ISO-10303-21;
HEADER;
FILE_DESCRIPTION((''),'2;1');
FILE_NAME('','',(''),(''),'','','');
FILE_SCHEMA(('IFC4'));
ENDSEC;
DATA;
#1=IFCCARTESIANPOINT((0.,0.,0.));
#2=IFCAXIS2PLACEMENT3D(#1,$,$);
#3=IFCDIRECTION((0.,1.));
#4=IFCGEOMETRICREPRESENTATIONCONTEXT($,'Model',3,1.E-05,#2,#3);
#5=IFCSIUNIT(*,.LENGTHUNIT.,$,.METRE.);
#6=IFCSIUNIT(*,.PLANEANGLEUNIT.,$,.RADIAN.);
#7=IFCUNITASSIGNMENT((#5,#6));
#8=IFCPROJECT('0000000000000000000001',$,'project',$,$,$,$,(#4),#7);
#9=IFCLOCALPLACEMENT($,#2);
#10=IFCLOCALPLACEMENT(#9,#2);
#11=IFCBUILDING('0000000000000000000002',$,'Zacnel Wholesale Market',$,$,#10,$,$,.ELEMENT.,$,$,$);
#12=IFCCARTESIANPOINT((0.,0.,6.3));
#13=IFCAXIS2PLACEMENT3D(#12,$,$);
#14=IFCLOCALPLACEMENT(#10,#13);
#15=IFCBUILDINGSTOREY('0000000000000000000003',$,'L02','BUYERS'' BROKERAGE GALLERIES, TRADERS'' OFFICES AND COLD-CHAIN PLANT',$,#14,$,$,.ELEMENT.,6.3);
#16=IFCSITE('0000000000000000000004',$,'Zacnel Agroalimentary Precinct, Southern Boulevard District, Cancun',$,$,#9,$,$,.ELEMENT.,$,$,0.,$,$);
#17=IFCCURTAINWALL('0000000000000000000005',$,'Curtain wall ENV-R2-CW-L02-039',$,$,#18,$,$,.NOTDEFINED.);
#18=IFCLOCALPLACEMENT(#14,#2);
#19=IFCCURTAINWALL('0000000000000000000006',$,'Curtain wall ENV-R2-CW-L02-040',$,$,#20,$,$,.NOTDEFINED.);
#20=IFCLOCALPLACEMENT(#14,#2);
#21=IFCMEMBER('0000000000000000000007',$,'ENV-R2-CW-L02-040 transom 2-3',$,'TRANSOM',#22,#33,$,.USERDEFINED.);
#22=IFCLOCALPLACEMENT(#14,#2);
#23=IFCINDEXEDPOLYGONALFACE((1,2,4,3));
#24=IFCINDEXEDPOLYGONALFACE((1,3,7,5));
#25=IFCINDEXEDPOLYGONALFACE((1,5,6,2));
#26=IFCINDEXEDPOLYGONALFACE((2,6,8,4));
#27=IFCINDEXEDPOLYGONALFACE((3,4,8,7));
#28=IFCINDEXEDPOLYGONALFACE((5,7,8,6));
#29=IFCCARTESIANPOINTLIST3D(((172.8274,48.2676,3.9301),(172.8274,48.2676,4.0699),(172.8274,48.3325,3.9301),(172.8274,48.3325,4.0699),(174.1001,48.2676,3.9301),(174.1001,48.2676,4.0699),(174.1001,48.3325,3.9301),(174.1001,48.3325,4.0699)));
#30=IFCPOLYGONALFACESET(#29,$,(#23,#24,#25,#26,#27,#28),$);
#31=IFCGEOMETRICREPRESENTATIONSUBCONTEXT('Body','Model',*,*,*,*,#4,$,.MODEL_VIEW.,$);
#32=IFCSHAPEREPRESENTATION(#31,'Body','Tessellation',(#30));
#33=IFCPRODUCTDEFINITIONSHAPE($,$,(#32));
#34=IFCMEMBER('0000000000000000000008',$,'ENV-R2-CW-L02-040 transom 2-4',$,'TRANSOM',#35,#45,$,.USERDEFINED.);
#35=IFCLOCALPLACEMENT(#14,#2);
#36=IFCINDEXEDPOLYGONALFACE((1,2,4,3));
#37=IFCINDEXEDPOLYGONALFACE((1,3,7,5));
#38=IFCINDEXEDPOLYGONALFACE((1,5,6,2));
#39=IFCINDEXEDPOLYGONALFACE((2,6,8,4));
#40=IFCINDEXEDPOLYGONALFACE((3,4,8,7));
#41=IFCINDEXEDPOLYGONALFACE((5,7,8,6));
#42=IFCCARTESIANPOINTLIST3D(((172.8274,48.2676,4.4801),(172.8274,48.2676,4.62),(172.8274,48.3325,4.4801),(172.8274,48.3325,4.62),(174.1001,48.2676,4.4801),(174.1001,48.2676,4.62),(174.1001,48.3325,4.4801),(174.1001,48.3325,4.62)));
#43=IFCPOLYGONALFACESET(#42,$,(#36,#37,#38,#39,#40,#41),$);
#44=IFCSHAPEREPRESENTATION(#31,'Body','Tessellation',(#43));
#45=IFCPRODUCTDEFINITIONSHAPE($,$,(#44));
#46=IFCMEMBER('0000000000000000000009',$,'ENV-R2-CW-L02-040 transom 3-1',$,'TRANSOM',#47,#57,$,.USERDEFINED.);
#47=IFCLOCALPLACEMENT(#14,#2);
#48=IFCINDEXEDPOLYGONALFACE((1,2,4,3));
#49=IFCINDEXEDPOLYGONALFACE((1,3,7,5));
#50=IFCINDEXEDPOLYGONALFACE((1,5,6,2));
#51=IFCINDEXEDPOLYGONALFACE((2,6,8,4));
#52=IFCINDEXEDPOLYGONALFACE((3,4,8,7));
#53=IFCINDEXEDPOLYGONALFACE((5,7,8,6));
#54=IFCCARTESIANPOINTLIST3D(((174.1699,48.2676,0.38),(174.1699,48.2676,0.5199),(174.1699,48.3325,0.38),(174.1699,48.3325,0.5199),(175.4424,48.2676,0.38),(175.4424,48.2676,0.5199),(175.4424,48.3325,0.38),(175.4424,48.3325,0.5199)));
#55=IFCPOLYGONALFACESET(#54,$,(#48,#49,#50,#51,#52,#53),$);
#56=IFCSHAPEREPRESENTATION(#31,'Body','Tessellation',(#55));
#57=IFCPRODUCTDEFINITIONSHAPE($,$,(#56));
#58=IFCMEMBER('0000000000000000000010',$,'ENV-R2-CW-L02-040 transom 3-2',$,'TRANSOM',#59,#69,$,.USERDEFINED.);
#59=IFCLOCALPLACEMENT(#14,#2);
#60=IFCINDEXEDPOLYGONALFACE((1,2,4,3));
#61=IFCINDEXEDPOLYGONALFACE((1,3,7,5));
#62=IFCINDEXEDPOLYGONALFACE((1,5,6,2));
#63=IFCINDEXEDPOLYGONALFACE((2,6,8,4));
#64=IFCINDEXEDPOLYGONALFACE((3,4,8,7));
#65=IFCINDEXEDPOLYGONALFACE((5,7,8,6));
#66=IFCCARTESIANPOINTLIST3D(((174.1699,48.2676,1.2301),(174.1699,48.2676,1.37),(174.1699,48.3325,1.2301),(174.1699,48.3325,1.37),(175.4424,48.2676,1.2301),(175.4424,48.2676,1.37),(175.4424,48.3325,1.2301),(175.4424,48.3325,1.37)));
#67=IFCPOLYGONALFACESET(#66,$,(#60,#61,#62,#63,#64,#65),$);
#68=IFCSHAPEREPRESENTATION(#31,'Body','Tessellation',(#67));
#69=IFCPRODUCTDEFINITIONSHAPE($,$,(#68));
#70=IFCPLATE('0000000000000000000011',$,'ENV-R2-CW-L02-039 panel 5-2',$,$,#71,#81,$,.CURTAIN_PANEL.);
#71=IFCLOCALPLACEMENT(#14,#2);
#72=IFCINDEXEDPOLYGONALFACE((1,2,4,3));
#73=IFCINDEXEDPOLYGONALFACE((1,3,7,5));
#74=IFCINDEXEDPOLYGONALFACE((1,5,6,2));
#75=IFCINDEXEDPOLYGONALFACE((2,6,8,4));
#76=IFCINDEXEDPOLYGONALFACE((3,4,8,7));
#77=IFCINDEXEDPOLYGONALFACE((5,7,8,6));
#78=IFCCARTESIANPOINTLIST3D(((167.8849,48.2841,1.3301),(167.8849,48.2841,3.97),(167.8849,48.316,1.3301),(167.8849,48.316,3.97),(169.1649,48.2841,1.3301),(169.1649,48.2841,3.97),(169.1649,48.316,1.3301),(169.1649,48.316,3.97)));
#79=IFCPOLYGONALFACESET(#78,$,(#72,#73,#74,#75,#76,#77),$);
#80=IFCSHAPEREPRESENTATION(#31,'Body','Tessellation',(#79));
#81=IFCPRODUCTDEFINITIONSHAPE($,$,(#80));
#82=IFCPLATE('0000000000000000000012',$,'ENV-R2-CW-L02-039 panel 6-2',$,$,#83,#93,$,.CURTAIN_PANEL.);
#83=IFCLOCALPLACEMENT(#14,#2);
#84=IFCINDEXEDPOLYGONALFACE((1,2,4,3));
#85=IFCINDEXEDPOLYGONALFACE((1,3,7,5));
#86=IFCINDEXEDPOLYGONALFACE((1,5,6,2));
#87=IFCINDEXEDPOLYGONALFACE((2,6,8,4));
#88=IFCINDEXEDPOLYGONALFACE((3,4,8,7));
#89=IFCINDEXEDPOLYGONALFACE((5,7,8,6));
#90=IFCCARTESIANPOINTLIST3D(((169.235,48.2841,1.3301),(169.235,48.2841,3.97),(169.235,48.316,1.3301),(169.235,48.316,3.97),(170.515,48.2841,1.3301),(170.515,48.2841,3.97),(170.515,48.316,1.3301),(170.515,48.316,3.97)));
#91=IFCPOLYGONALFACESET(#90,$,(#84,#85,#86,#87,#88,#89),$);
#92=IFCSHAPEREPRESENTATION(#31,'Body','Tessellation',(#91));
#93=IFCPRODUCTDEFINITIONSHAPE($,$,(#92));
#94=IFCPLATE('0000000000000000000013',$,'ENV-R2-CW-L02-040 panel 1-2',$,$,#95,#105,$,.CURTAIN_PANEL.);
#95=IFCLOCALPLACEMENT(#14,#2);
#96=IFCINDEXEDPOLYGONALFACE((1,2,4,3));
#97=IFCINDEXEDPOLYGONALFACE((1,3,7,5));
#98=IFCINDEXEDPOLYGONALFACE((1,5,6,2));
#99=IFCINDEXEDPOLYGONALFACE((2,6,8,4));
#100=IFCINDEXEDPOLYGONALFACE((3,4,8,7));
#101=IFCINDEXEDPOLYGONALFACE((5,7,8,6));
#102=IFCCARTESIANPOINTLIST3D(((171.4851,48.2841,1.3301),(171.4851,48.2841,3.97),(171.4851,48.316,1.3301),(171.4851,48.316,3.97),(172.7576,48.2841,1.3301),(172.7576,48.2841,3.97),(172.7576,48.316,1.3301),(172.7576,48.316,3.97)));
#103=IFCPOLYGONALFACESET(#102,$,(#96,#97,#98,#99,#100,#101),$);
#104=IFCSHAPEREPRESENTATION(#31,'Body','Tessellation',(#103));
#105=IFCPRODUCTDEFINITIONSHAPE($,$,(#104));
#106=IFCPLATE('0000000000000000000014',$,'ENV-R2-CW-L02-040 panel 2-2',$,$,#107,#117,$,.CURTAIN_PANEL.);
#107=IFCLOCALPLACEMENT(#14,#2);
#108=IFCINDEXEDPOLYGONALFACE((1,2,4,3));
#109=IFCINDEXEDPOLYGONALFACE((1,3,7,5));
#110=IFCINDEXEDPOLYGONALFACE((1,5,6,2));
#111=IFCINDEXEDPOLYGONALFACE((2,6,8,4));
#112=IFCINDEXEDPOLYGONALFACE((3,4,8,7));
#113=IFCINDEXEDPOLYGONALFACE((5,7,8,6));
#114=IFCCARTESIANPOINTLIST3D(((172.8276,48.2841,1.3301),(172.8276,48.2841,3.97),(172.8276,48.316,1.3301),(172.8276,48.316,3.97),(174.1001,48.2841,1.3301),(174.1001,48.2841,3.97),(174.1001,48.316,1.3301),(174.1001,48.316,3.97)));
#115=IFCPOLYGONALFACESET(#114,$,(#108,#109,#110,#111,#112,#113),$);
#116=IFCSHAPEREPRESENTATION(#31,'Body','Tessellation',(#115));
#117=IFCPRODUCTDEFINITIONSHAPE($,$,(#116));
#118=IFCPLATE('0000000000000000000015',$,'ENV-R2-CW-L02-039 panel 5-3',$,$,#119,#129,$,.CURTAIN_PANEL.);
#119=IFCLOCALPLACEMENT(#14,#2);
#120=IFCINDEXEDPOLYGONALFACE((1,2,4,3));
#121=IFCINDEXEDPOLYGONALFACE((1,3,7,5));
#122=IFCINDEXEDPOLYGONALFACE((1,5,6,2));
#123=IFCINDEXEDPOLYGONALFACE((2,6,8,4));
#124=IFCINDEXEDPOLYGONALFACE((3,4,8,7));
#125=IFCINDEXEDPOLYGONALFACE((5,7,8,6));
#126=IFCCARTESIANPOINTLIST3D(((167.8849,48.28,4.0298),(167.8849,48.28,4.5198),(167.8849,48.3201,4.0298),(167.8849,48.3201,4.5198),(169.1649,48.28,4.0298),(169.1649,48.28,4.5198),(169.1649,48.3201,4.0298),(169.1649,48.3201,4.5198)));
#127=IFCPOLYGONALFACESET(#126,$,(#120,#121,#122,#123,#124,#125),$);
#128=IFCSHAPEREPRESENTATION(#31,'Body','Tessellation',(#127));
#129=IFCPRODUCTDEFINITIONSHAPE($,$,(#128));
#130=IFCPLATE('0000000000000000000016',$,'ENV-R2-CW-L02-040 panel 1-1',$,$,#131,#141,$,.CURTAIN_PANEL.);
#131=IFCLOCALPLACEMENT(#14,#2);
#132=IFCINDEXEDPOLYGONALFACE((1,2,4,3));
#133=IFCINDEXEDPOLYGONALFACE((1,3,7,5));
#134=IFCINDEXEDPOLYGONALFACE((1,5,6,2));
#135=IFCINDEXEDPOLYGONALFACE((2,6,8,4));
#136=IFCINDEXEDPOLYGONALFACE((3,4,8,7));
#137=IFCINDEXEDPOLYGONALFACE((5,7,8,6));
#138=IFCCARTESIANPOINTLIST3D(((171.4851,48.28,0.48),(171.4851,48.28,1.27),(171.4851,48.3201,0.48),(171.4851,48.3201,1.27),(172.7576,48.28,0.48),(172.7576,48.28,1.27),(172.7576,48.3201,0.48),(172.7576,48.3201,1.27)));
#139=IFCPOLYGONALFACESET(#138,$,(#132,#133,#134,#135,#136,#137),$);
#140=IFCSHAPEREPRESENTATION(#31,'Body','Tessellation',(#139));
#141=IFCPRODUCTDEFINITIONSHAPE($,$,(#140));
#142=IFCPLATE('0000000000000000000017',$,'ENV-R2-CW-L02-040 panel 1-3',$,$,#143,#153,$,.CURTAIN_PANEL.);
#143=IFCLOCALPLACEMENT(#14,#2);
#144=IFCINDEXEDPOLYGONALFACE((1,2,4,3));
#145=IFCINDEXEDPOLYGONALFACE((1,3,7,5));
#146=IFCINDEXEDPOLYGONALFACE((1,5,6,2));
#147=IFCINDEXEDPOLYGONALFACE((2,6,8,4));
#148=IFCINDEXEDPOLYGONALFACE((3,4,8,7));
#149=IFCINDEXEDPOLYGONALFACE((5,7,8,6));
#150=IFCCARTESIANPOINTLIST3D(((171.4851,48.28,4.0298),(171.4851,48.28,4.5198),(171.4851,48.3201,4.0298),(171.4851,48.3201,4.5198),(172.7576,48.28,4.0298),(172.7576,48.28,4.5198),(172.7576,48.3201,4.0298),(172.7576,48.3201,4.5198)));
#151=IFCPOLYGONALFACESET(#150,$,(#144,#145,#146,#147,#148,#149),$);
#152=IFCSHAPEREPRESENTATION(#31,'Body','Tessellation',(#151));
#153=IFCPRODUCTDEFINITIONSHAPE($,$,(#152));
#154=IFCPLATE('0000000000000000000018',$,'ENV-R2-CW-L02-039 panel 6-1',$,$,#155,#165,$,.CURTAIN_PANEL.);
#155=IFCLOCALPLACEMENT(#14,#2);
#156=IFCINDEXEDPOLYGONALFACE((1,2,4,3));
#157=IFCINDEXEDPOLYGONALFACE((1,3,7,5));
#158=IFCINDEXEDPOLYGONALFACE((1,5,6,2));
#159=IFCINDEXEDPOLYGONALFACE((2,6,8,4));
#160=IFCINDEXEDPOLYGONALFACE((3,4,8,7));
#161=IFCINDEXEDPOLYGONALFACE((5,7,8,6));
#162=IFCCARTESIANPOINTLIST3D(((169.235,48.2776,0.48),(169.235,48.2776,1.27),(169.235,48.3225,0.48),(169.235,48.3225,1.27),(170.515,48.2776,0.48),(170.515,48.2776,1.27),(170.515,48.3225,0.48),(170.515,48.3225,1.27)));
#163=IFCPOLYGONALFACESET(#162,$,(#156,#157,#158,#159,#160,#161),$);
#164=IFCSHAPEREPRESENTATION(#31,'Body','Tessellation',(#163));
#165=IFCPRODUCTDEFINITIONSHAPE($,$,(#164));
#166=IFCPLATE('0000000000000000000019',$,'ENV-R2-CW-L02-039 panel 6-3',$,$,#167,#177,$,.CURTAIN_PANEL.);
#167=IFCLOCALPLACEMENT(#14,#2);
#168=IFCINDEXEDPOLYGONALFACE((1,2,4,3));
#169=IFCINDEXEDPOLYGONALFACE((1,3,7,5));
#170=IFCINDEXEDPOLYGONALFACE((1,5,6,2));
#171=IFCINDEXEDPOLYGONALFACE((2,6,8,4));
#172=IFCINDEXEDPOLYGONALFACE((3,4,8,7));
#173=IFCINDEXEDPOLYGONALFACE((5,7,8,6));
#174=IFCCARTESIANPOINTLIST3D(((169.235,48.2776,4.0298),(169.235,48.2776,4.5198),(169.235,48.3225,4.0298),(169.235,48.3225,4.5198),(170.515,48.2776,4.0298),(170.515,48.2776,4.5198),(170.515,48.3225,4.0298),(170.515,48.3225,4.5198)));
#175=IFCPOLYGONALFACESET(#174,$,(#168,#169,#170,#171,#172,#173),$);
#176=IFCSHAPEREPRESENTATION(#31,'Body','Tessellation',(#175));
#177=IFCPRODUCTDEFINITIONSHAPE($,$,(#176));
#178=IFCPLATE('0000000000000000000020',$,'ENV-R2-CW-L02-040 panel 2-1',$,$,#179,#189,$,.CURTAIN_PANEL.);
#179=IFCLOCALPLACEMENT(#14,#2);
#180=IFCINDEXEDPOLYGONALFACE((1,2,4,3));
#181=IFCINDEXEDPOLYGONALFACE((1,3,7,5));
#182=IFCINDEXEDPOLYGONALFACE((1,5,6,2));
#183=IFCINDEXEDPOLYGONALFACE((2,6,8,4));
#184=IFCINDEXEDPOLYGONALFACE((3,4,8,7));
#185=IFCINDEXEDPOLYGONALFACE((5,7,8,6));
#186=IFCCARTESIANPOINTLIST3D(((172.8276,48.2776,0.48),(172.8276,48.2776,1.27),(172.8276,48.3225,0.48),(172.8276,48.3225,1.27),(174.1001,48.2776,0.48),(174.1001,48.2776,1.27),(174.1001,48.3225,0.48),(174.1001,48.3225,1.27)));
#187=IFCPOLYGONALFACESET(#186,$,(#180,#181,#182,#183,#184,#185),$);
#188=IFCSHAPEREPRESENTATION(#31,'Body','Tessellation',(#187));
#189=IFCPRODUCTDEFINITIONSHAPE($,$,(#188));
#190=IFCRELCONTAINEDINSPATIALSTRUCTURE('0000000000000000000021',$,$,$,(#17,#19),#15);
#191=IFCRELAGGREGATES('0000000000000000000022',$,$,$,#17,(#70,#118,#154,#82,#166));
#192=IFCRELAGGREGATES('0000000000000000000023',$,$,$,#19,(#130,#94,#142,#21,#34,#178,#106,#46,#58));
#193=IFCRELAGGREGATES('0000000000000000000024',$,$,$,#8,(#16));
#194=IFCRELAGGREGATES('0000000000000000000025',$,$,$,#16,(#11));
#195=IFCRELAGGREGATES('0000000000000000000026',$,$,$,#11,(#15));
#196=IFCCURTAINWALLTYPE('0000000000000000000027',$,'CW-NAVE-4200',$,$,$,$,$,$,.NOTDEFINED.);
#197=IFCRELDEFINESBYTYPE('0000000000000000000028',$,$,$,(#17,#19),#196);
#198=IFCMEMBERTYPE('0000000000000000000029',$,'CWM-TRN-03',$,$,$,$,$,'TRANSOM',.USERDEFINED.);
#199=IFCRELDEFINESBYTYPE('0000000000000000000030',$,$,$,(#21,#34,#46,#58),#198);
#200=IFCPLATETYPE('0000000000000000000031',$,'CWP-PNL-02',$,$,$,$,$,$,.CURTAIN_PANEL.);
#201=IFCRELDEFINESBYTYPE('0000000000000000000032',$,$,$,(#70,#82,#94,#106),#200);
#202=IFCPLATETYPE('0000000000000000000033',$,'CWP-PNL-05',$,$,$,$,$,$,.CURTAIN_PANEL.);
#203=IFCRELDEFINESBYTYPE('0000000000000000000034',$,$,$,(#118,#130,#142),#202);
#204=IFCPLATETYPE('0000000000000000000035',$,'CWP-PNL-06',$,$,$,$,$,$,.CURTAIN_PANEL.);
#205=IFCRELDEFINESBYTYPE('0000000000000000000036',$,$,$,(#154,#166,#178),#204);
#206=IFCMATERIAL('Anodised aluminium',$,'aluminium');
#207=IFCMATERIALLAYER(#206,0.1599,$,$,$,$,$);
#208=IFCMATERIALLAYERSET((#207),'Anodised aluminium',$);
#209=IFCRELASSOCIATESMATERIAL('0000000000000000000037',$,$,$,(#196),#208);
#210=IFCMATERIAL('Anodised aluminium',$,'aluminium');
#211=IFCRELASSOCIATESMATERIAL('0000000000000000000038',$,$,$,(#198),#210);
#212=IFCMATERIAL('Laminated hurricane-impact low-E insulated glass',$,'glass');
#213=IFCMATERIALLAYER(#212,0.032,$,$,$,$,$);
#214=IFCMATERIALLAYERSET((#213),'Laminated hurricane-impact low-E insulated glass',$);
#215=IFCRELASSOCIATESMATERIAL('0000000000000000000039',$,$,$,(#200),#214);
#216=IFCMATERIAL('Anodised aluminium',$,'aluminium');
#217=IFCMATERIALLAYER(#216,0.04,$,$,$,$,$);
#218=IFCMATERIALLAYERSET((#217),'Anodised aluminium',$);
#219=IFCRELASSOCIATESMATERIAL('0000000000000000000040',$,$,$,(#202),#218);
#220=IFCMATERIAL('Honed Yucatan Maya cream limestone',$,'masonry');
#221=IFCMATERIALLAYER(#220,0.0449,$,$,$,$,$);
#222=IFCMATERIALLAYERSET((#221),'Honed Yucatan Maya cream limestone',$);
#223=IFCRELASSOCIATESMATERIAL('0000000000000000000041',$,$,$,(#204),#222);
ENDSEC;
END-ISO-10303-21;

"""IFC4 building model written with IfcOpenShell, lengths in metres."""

from ifc_helpers import new_model, si_unit, direction, frame, origin, origin_2d, place, context, subcontext, project, spatial, rectangle, extrude, material, layer, layer_set, material_profile, profile_set, type_object, element, aggregate, save


model = new_model("IFC4")

# Units and contexts
model_context = context("Model", 3, precision=1e-05, world=origin(), true_north=direction((0.0, 1.0)))
body_context = subcontext(model_context, "Body", "Model", "MODEL_VIEW")
ifc_project = project(units=[si_unit("LENGTHUNIT", "METRE"), si_unit("PLANEANGLEUNIT", "RADIAN")], contexts=[model_context])

# Site, building, storey
site_placement = place(None, origin())
site = spatial("IfcSite", under=ifc_project, at=site_placement, Name="Zacnel Agroalimentary Precinct, Southern Boulevard District, Cancun", CompositionType="ELEMENT", RefElevation=0.0)
building_placement = place(site_placement, origin())
building = spatial("IfcBuilding", under=site, at=building_placement, Name="Zacnel Wholesale Market", CompositionType="ELEMENT")
storey_placement = place(building_placement, frame((0.0, 0.0, 6.3)))
storey = spatial("IfcBuildingStorey", under=building, at=storey_placement, Name="L02", Description="BUYERS' BROKERAGE GALLERIES, TRADERS' OFFICES AND COLD-CHAIN PLANT", CompositionType="ELEMENT", Elevation=6.3)

# Curtain walls
ifc_material_1 = material(Name="Anodised aluminium", Category="aluminium")
ifc_layer_1 = layer(ifc_material_1, 0.1599)
ifc_layer_set_1 = layer_set([ifc_layer_1], Name="Anodised aluminium")
curtain_wall_type = type_object("IfcCurtainWallType", Name="CW-NAVE-4200", PredefinedType="NOTDEFINED", material=ifc_layer_set_1)
curtain_wall_1_placement = place(storey_placement, origin())
curtain_wall_1 = element("IfcCurtainWall", 1, at=curtain_wall_1_placement, inside=storey, type_object=curtain_wall_type, Name="Curtain wall ENV-R2-CW-L02-039", PredefinedType="NOTDEFINED")
curtain_wall_2_placement = place(storey_placement, origin())
curtain_wall_2 = element("IfcCurtainWall", 2, at=curtain_wall_2_placement, inside=storey, type_object=curtain_wall_type, Name="Curtain wall ENV-R2-CW-L02-040", PredefinedType="NOTDEFINED")

# Members
ifc_material_2 = material(Name="Anodised aluminium", Category="aluminium")
ifc_material_profile_1 = material_profile(ifc_material_2, rectangle(XDim=0.0649, YDim=0.1399, at=origin_2d()), Name="AW-TRANSOM 65x140")
ifc_profile_set_1 = profile_set([ifc_material_profile_1], Name="Anodised aluminium")
member_type_1 = type_object("IfcMemberType", Name="CWM-TRN-03", ElementType="TRANSOM", PredefinedType="USERDEFINED", material=ifc_profile_set_1)
member_1_placement = place(storey_placement, frame((172.8274, 48.3, 4.0), z_axis=(1.0, 0.0, 0.0), x_axis=(0.0, 1.0, 0.0)))
member_1 = element("IfcMember", 3, at=member_1_placement, type_object=member_type_1, Name="ENV-R2-CW-L02-040 transom 2-3", ObjectType="TRANSOM", PredefinedType="USERDEFINED", context=body_context, shape_type="SweptSolid", body=[
    extrude(rectangle(XDim=0.0649, YDim=0.1399, at=origin_2d()), origin(), (0.0, 0.0, 1.0), 1.2727),
])
member_2_placement = place(storey_placement, frame((172.8274, 48.3, 4.55), z_axis=(1.0, 0.0, 0.0), x_axis=(0.0, 1.0, 0.0)))
member_2 = element("IfcMember", 4, at=member_2_placement, type_object=member_type_1, Name="ENV-R2-CW-L02-040 transom 2-4", ObjectType="TRANSOM", PredefinedType="USERDEFINED", context=body_context, shape_type="SweptSolid", body=[
    extrude(rectangle(XDim=0.0649, YDim=0.1399, at=origin_2d()), origin(), (0.0, 0.0, 1.0), 1.2727),
])
member_3_placement = place(storey_placement, frame((174.1699, 48.3, 0.45), z_axis=(1.0, 0.0, 0.0), x_axis=(0.0, 1.0, 0.0)))
member_3 = element("IfcMember", 5, at=member_3_placement, type_object=member_type_1, Name="ENV-R2-CW-L02-040 transom 3-1", ObjectType="TRANSOM", PredefinedType="USERDEFINED", context=body_context, shape_type="SweptSolid", body=[
    extrude(rectangle(XDim=0.0649, YDim=0.1399, at=origin_2d()), origin(), (0.0, 0.0, 1.0), 1.2725),
])
member_4_placement = place(storey_placement, frame((174.1699, 48.3, 1.3), z_axis=(1.0, 0.0, 0.0), x_axis=(0.0, 1.0, 0.0)))
member_4 = element("IfcMember", 6, at=member_4_placement, type_object=member_type_1, Name="ENV-R2-CW-L02-040 transom 3-2", ObjectType="TRANSOM", PredefinedType="USERDEFINED", context=body_context, shape_type="SweptSolid", body=[
    extrude(rectangle(XDim=0.0649, YDim=0.1399, at=origin_2d()), origin(), (0.0, 0.0, 1.0), 1.2725),
])

# Plates
ifc_material_3 = material(Name="Laminated hurricane-impact low-E insulated glass", Category="glass")
ifc_layer_2 = layer(ifc_material_3, 0.032)
ifc_layer_set_2 = layer_set([ifc_layer_2], Name="Laminated hurricane-impact low-E insulated glass")
plate_type_1 = type_object("IfcPlateType", Name="CWP-PNL-02", PredefinedType="CURTAIN_PANEL", material=ifc_layer_set_2)
plate_1_placement = place(storey_placement, frame((168.5249, 48.3, 1.3301), z_axis=(0.0, 0.0, 1.0), x_axis=(1.0, 0.0, 0.0)))
plate_1 = element("IfcPlate", 7, at=plate_1_placement, type_object=plate_type_1, Name="ENV-R2-CW-L02-039 panel 5-2", PredefinedType="CURTAIN_PANEL", context=body_context, shape_type="SweptSolid", body=[
    extrude(rectangle(XDim=1.28, YDim=0.032, at=origin_2d()), origin(), (0.0, 0.0, 1.0), 2.6399),
])
plate_2_placement = place(storey_placement, frame((169.875, 48.3, 1.3301), z_axis=(0.0, 0.0, 1.0), x_axis=(1.0, 0.0, 0.0)))
plate_2 = element("IfcPlate", 8, at=plate_2_placement, type_object=plate_type_1, Name="ENV-R2-CW-L02-039 panel 6-2", PredefinedType="CURTAIN_PANEL", context=body_context, shape_type="SweptSolid", body=[
    extrude(rectangle(XDim=1.28, YDim=0.032, at=origin_2d()), origin(), (0.0, 0.0, 1.0), 2.6399),
])
plate_3_placement = place(storey_placement, frame((172.1213, 48.3, 1.3301), z_axis=(0.0, 0.0, 1.0), x_axis=(1.0, 0.0, 0.0)))
plate_3 = element("IfcPlate", 9, at=plate_3_placement, type_object=plate_type_1, Name="ENV-R2-CW-L02-040 panel 1-2", PredefinedType="CURTAIN_PANEL", context=body_context, shape_type="SweptSolid", body=[
    extrude(rectangle(XDim=1.2725, YDim=0.032, at=origin_2d()), origin(), (0.0, 0.0, 1.0), 2.6399),
])
plate_4_placement = place(storey_placement, frame((173.4639, 48.3, 1.3301), z_axis=(0.0, 0.0, 1.0), x_axis=(1.0, 0.0, 0.0)))
plate_4 = element("IfcPlate", 10, at=plate_4_placement, type_object=plate_type_1, Name="ENV-R2-CW-L02-040 panel 2-2", PredefinedType="CURTAIN_PANEL", context=body_context, shape_type="SweptSolid", body=[
    extrude(rectangle(XDim=1.2725, YDim=0.032, at=origin_2d()), origin(), (0.0, 0.0, 1.0), 2.6399),
])
ifc_material_4 = material(Name="Anodised aluminium", Category="aluminium")
ifc_layer_3 = layer(ifc_material_4, 0.04)
ifc_layer_set_3 = layer_set([ifc_layer_3], Name="Anodised aluminium")
plate_type_2 = type_object("IfcPlateType", Name="CWP-PNL-05", PredefinedType="CURTAIN_PANEL", material=ifc_layer_set_3)
plate_5_placement = place(storey_placement, frame((168.5249, 48.3, 4.0298), z_axis=(0.0, 0.0, 1.0), x_axis=(1.0, 0.0, 0.0)))
plate_5 = element("IfcPlate", 11, at=plate_5_placement, type_object=plate_type_2, Name="ENV-R2-CW-L02-039 panel 5-3", PredefinedType="CURTAIN_PANEL", context=body_context, shape_type="SweptSolid", body=[
    extrude(rectangle(XDim=1.28, YDim=0.04, at=origin_2d()), origin(), (0.0, 0.0, 1.0), 0.49),
])
plate_6_placement = place(storey_placement, frame((172.1213, 48.3, 0.48), z_axis=(0.0, 0.0, 1.0), x_axis=(1.0, 0.0, 0.0)))
plate_6 = element("IfcPlate", 12, at=plate_6_placement, type_object=plate_type_2, Name="ENV-R2-CW-L02-040 panel 1-1", PredefinedType="CURTAIN_PANEL", context=body_context, shape_type="SweptSolid", body=[
    extrude(rectangle(XDim=1.2725, YDim=0.04, at=origin_2d()), origin(), (0.0, 0.0, 1.0), 0.79),
])
plate_7_placement = place(storey_placement, frame((172.1213, 48.3, 4.0298), z_axis=(0.0, 0.0, 1.0), x_axis=(1.0, 0.0, 0.0)))
plate_7 = element("IfcPlate", 13, at=plate_7_placement, type_object=plate_type_2, Name="ENV-R2-CW-L02-040 panel 1-3", PredefinedType="CURTAIN_PANEL", context=body_context, shape_type="SweptSolid", body=[
    extrude(rectangle(XDim=1.2725, YDim=0.04, at=origin_2d()), origin(), (0.0, 0.0, 1.0), 0.49),
])
ifc_material_5 = material(Name="Honed Yucatan Maya cream limestone", Category="masonry")
ifc_layer_4 = layer(ifc_material_5, 0.0449)
ifc_layer_set_4 = layer_set([ifc_layer_4], Name="Honed Yucatan Maya cream limestone")
plate_type_3 = type_object("IfcPlateType", Name="CWP-PNL-06", PredefinedType="CURTAIN_PANEL", material=ifc_layer_set_4)
plate_8_placement = place(storey_placement, frame((169.875, 48.3, 0.48), z_axis=(0.0, 0.0, 1.0), x_axis=(1.0, 0.0, 0.0)))
plate_8 = element("IfcPlate", 14, at=plate_8_placement, type_object=plate_type_3, Name="ENV-R2-CW-L02-039 panel 6-1", PredefinedType="CURTAIN_PANEL", context=body_context, shape_type="SweptSolid", body=[
    extrude(rectangle(XDim=1.28, YDim=0.0449, at=origin_2d()), origin(), (0.0, 0.0, 1.0), 0.79),
])
plate_9_placement = place(storey_placement, frame((169.875, 48.3, 4.0298), z_axis=(0.0, 0.0, 1.0), x_axis=(1.0, 0.0, 0.0)))
plate_9 = element("IfcPlate", 15, at=plate_9_placement, type_object=plate_type_3, Name="ENV-R2-CW-L02-039 panel 6-3", PredefinedType="CURTAIN_PANEL", context=body_context, shape_type="SweptSolid", body=[
    extrude(rectangle(XDim=1.28, YDim=0.0449, at=origin_2d()), origin(), (0.0, 0.0, 1.0), 0.49),
])
aggregate(curtain_wall_1, [plate_1, plate_5, plate_8, plate_2, plate_9])
plate_10_placement = place(storey_placement, frame((173.4639, 48.3, 0.48), z_axis=(0.0, 0.0, 1.0), x_axis=(1.0, 0.0, 0.0)))
plate_10 = element("IfcPlate", 16, at=plate_10_placement, type_object=plate_type_3, Name="ENV-R2-CW-L02-040 panel 2-1", PredefinedType="CURTAIN_PANEL", context=body_context, shape_type="SweptSolid", body=[
    extrude(rectangle(XDim=1.2725, YDim=0.0449, at=origin_2d()), origin(), (0.0, 0.0, 1.0), 0.79),
])
aggregate(curtain_wall_2, [plate_6, plate_3, plate_7, member_1, member_2, plate_10, plate_4, member_3, member_4])

save(model, "model.ifc")
